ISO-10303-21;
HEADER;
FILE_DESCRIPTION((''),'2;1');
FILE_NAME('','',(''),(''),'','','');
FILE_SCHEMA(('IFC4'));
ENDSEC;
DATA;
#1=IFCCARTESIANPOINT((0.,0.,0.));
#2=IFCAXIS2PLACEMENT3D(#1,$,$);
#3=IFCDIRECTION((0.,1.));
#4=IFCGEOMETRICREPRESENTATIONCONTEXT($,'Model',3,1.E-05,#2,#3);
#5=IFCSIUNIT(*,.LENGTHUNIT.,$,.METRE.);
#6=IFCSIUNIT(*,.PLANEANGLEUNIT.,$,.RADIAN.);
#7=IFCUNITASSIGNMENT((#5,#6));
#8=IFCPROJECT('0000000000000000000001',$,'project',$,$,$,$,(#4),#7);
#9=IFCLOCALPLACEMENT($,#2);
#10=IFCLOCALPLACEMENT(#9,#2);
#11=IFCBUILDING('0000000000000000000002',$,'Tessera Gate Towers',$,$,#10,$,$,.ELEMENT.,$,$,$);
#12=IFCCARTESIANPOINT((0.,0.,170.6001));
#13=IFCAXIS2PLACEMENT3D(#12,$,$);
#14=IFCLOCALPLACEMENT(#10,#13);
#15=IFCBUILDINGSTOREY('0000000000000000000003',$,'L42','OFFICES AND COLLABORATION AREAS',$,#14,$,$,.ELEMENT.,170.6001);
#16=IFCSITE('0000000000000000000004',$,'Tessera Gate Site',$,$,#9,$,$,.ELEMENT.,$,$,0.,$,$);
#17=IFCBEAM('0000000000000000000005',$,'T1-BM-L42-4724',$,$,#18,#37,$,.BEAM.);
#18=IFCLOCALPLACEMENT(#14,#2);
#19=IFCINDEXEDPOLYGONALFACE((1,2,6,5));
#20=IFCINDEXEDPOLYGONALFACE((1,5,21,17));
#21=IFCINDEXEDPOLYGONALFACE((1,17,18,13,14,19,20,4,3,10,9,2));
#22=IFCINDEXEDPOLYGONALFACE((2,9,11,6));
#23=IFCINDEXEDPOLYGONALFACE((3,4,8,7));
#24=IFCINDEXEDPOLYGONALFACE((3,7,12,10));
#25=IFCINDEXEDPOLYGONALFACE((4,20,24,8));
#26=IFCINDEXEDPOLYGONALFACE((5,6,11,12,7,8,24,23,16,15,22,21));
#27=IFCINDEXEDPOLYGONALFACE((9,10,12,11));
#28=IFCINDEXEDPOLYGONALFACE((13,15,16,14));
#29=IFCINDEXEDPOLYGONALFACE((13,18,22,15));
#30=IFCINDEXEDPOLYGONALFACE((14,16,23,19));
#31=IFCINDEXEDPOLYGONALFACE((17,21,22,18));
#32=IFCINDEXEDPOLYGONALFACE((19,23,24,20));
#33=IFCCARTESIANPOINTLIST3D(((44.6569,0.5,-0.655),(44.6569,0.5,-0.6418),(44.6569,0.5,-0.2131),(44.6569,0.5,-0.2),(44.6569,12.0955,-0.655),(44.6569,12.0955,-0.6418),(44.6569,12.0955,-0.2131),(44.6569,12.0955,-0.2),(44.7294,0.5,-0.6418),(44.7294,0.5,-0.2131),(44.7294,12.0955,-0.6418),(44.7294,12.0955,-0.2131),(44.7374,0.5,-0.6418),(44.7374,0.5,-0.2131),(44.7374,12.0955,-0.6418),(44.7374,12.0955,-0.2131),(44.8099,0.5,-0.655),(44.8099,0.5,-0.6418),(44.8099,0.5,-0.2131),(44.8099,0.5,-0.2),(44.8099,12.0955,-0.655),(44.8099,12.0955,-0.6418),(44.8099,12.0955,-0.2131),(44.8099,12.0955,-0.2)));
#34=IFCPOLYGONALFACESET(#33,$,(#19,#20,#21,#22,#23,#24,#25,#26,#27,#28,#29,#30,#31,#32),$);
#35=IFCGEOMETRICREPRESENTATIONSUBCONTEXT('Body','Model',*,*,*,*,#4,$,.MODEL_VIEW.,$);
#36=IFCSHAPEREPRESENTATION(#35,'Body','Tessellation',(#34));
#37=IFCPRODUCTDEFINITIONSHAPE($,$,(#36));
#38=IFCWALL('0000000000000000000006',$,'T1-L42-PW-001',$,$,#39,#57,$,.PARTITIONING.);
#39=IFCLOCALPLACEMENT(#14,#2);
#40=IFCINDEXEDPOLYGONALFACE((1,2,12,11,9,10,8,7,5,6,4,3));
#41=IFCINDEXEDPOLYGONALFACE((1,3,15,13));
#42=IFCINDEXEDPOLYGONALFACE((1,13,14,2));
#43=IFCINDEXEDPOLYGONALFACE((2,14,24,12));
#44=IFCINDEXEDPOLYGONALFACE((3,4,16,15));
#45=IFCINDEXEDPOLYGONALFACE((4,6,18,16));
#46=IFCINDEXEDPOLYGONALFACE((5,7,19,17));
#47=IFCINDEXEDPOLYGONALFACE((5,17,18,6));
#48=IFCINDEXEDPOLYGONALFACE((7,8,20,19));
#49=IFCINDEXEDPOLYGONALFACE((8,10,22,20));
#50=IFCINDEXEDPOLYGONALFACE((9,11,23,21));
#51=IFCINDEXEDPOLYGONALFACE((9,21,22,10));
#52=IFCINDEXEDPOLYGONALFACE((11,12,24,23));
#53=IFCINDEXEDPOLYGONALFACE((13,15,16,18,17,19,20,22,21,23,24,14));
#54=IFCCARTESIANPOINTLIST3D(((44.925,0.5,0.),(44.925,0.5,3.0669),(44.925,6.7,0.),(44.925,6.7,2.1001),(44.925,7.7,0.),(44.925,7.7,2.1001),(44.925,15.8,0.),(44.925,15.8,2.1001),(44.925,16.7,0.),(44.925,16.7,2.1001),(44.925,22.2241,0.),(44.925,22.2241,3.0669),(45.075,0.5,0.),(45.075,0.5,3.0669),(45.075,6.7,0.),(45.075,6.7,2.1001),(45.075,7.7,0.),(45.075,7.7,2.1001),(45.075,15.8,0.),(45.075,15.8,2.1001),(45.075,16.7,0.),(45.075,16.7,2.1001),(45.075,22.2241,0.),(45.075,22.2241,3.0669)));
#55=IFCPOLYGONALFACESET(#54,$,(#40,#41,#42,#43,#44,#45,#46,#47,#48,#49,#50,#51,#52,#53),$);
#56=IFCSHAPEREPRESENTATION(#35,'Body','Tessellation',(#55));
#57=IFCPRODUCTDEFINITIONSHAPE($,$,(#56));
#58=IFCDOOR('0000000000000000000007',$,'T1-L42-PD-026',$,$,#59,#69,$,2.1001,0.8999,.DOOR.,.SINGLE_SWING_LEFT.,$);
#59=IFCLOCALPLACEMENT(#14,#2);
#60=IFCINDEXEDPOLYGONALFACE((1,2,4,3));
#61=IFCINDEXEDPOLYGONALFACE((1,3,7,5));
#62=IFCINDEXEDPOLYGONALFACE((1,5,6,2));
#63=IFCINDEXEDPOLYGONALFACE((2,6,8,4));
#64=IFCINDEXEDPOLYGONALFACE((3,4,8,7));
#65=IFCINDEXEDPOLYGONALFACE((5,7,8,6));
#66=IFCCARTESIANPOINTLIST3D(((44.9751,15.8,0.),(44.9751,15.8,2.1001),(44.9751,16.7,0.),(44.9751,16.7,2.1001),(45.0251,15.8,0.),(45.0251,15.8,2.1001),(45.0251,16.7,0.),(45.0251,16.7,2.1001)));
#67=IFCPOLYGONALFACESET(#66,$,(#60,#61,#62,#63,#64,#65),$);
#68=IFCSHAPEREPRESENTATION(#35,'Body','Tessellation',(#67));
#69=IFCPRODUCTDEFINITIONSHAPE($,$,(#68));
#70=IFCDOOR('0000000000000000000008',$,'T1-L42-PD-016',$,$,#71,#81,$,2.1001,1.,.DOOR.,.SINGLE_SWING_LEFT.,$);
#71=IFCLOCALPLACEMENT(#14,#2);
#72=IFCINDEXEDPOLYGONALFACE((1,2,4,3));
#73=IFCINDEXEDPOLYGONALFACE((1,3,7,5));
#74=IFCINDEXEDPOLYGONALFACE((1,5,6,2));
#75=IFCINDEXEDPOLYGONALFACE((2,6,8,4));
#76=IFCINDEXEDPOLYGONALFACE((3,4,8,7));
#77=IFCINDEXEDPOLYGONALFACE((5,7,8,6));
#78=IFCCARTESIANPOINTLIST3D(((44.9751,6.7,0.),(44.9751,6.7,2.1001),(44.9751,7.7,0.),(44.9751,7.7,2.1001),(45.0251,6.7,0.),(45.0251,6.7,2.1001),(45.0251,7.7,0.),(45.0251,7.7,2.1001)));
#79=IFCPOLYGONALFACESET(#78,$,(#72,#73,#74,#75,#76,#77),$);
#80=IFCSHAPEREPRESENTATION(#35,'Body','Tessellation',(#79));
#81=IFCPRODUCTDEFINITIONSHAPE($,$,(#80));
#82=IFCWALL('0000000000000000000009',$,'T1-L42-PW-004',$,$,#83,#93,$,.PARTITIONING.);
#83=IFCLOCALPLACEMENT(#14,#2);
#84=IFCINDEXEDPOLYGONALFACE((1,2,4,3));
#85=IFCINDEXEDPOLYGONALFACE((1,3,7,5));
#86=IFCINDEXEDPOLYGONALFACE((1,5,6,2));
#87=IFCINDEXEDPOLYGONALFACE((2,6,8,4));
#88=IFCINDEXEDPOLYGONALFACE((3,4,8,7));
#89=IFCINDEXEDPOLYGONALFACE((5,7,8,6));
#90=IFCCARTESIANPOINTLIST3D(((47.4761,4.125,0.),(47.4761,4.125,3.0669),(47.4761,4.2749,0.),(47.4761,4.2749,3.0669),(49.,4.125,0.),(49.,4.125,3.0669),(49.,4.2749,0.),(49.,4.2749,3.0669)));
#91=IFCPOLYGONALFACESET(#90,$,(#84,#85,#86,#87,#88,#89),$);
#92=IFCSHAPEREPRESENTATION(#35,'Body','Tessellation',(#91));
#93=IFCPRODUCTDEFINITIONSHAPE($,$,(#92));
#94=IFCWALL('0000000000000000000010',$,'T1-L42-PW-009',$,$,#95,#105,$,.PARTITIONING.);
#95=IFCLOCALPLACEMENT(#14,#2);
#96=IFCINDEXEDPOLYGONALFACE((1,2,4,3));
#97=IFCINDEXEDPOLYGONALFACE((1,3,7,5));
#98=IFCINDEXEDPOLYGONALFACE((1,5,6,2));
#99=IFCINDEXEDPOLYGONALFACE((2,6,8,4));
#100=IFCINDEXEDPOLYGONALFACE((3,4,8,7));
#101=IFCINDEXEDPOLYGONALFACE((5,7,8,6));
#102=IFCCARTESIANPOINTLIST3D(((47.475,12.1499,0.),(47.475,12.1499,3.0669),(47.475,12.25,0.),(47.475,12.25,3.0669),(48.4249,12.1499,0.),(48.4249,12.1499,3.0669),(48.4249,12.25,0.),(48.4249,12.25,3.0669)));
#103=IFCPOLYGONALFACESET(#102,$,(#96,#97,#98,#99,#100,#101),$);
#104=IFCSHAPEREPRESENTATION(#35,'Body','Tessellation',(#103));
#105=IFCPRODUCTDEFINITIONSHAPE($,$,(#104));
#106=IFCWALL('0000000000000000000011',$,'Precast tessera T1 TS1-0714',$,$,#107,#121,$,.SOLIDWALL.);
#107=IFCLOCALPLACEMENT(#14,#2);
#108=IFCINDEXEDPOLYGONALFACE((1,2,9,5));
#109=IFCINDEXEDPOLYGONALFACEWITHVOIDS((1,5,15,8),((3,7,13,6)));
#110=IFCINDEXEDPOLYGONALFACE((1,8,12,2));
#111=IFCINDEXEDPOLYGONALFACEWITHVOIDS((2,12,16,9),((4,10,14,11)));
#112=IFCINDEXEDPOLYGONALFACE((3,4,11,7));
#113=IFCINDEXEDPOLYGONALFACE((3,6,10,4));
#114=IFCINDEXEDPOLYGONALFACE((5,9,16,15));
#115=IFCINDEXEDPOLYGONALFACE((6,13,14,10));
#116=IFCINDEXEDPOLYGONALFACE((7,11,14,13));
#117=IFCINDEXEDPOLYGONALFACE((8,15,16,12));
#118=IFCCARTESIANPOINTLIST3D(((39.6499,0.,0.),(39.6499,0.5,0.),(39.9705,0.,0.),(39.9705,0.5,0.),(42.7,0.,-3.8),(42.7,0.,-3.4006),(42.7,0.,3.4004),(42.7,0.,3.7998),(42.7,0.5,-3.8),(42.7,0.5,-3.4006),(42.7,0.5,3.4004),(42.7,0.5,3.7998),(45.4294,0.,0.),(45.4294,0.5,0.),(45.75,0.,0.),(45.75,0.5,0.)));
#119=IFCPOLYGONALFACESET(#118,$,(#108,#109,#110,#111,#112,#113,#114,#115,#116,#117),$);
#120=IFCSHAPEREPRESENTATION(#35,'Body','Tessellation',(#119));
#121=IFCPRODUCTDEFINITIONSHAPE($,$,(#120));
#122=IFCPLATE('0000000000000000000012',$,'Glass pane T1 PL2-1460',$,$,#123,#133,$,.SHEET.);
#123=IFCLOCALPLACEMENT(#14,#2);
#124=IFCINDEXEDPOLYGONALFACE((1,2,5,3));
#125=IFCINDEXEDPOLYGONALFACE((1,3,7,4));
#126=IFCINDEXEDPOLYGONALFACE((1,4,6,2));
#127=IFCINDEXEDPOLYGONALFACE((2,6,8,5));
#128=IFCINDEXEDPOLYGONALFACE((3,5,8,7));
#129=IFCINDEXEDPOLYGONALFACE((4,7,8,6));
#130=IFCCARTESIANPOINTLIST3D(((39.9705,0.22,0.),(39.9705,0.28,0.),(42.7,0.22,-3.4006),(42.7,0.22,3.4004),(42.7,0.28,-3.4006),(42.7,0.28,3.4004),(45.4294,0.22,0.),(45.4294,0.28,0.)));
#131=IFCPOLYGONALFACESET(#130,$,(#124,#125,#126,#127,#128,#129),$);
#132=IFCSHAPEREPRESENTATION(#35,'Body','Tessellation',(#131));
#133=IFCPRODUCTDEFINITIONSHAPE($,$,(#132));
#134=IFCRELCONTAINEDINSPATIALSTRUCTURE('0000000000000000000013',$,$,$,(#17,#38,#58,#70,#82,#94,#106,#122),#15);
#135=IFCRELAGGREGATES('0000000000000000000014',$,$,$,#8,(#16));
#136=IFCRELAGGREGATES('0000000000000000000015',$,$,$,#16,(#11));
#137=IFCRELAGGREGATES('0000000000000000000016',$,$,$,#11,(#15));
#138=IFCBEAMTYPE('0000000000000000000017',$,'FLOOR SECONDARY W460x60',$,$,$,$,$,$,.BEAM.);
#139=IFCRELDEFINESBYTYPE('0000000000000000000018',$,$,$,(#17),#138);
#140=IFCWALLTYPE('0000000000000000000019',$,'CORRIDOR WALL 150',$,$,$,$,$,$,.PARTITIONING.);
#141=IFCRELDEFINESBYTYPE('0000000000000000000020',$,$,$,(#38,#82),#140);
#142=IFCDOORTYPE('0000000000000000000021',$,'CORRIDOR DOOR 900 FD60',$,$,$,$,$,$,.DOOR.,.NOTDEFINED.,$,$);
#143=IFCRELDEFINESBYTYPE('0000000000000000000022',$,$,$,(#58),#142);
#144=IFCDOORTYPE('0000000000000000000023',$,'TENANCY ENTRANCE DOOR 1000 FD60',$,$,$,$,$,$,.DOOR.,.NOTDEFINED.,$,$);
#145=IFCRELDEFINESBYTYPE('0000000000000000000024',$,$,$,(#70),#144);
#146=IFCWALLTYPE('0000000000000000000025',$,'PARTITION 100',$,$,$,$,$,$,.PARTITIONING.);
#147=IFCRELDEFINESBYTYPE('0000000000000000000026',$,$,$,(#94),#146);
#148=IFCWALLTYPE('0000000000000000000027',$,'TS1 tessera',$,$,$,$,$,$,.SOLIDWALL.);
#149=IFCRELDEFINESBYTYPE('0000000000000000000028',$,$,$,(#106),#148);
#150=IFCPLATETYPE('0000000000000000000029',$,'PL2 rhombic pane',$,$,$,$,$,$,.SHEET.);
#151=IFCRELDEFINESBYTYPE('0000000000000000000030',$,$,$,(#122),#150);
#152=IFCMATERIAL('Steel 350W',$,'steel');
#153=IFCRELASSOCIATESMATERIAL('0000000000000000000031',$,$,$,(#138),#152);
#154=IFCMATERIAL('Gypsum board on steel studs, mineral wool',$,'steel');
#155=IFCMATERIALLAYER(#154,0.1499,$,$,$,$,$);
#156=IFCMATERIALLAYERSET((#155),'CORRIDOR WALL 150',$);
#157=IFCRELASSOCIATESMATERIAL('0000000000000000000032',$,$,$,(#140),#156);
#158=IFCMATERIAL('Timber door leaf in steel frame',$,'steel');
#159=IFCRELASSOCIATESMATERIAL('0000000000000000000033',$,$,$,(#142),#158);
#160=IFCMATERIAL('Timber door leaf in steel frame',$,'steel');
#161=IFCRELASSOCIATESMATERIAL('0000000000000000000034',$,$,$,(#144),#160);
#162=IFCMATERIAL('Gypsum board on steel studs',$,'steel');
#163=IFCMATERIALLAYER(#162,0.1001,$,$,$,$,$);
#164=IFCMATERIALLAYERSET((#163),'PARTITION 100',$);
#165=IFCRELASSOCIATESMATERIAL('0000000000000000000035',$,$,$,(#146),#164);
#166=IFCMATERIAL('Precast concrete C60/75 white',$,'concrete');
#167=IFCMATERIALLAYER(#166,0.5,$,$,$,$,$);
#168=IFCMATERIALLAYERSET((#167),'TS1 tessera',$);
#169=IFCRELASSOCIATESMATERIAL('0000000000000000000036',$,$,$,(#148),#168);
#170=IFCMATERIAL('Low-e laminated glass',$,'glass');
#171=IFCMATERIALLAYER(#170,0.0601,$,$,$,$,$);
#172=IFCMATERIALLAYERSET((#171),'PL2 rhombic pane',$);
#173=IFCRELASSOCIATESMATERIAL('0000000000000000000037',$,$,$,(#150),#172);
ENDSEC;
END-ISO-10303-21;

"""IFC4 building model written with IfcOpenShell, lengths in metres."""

from ifc_helpers import new_model, si_unit, direction, frame, frame_2d, origin, origin_2d, place, context, subcontext, project, spatial, polyline, rectangle, i_section, outline, extrude, source, transform, mapped, material, layer, layer_set, material_profile, profile_set, type_object, element, fill, save


model = new_model("IFC4")

# Units and contexts
model_context = context("Model", 3, precision=1e-05, world=origin(), true_north=direction((0.0, 1.0)))
body_context = subcontext(model_context, "Body", "Model", "MODEL_VIEW")
ifc_project = project(units=[si_unit("LENGTHUNIT", "METRE"), si_unit("PLANEANGLEUNIT", "RADIAN")], contexts=[model_context])

# Site, building, storey
site_placement = place(None, origin())
site = spatial("IfcSite", under=ifc_project, at=site_placement, Name="Tessera Gate Site", CompositionType="ELEMENT", RefElevation=0.0)
building_placement = place(site_placement, origin())
building = spatial("IfcBuilding", under=site, at=building_placement, Name="Tessera Gate Towers", CompositionType="ELEMENT")
storey_placement = place(building_placement, frame((0.0, 0.0, 170.6001)))
storey = spatial("IfcBuildingStorey", under=building, at=storey_placement, Name="L42", Description="OFFICES AND COLLABORATION AREAS", CompositionType="ELEMENT", Elevation=170.6001)

# Beam
ifc_material_1 = material(Name="Steel 350W", Category="steel")
ifc_material_profile_1 = material_profile(ifc_material_1, i_section(OverallWidth=0.1531, OverallDepth=0.4551, WebThickness=0.0081, FlangeThickness=0.0132, at=origin_2d()), Name="W460x60")
ifc_profile_set_1 = profile_set([ifc_material_profile_1], Name="Steel 350W")
beam_type_1 = type_object("IfcBeamType", Name="FLOOR SECONDARY W460x60", PredefinedType="BEAM", material=ifc_profile_set_1)
beam_1_placement = place(storey_placement, frame((44.7334, 0.5, -0.4275), z_axis=(0.0, 1.0, 0.0), x_axis=(-1.0, 0.0, 0.0)))
element("IfcBeam", 1, at=beam_1_placement, inside=storey, type_object=beam_type_1, Name="T1-BM-L42-4724", PredefinedType="BEAM", context=body_context, shape_type="SweptSolid", body=[
    extrude(i_section(OverallWidth=0.1531, OverallDepth=0.4551, WebThickness=0.0081, FlangeThickness=0.0132, at=origin_2d()), origin(), (0.0, 0.0, 1.0), 11.5955),
])

# Wall, openings, doors
ifc_material_2 = material(Name="Gypsum board on steel studs, mineral wool", Category="steel")
ifc_layer_1 = layer(ifc_material_2, 0.1499)
ifc_layer_set_1 = layer_set([ifc_layer_1], Name="CORRIDOR WALL 150")
wall_type_1 = type_object("IfcWallType", Name="CORRIDOR WALL 150", PredefinedType="PARTITIONING", material=ifc_layer_set_1)
wall_1_placement = place(storey_placement, frame((45.0, 0.5, 0.0), z_axis=(0.0, 0.0, 1.0), x_axis=(0.0, 1.0, 0.0)))
wall_1 = element("IfcWall", 2, at=wall_1_placement, inside=storey, type_object=wall_type_1, Name="T1-L42-PW-001", PredefinedType="PARTITIONING", context=body_context, shape_type="SweptSolid", body=[
    extrude(rectangle(XDim=21.7241, YDim=0.1499, at=frame_2d((10.8621, 0.0))), origin(), (0.0, 0.0, 1.0), 3.0669),
])
shared_shape_1 = source(origin(), body_context, "Body", "SweptSolid", [
    extrude(rectangle(XDim=1.0, YDim=2.1001, at=frame_2d((0.5, 1.05))), frame((0.0, 0.085, 0.0), z_axis=(0.0, -1.0, 0.0), x_axis=(1.0, 0.0, 0.0)), (0.0, 0.0, 1.0), 0.1699),
])
opening_1_placement = place(wall_1_placement, frame((6.2, 0.0, 0.0)))
opening_1 = element("IfcOpeningElement", 3, at=opening_1_placement, cuts=wall_1, PredefinedType="OPENING", context=body_context, shape_type="MappedRepresentation", body=[
    mapped(shared_shape_1, transform((0.0, 0.0, 0.0), scale=1.0)),
])
shared_shape_2 = source(origin(), body_context, "Body", "SweptSolid", [
    extrude(rectangle(XDim=0.8999, YDim=2.1001, at=frame_2d((0.45, 1.05))), frame((0.0, 0.085, 0.0), z_axis=(0.0, -1.0, 0.0), x_axis=(1.0, 0.0, 0.0)), (0.0, 0.0, 1.0), 0.1699),
])
opening_2_placement = place(wall_1_placement, frame((15.3, 0.0, 0.0)))
opening_2 = element("IfcOpeningElement", 4, at=opening_2_placement, cuts=wall_1, PredefinedType="OPENING", context=body_context, shape_type="MappedRepresentation", body=[
    mapped(shared_shape_2, transform((0.0, 0.0, 0.0), scale=1.0)),
])
ifc_material_3 = material(Name="Timber door leaf in steel frame", Category="steel")
door_type_1 = type_object("IfcDoorType", Name="CORRIDOR DOOR 900 FD60", OperationType="NOTDEFINED", PredefinedType="DOOR", material=ifc_material_3)
shared_shape_3 = source(origin(), body_context, "Body", "SweptSolid", [
    extrude(rectangle(XDim=0.8999, YDim=2.1001, at=frame_2d((0.45, 1.05))), frame((0.0, 0.0249, 0.0), z_axis=(0.0, -1.0, 0.0), x_axis=(1.0, 0.0, 0.0)), (0.0, 0.0, 1.0), 0.05),
])
door_1_placement = place(opening_2_placement, origin())
door_1 = element("IfcDoor", 5, at=door_1_placement, inside=storey, type_object=door_type_1, Name="T1-L42-PD-026", OperationType="SINGLE_SWING_LEFT", OverallHeight=2.1001, OverallWidth=0.8999, PredefinedType="DOOR", context=body_context, shape_type="MappedRepresentation", body=[
    mapped(shared_shape_3, transform((0.0, 0.0, 0.0), scale=1.0)),
])
fill(opening_2, door_1)
ifc_material_4 = material(Name="Timber door leaf in steel frame", Category="steel")
door_type_2 = type_object("IfcDoorType", Name="TENANCY ENTRANCE DOOR 1000 FD60", OperationType="NOTDEFINED", PredefinedType="DOOR", material=ifc_material_4)
shared_shape_4 = source(origin(), body_context, "Body", "SweptSolid", [
    extrude(rectangle(XDim=1.0, YDim=2.1001, at=frame_2d((0.5, 1.05))), frame((0.0, 0.0249, 0.0), z_axis=(0.0, -1.0, 0.0), x_axis=(1.0, 0.0, 0.0)), (0.0, 0.0, 1.0), 0.05),
])
door_2_placement = place(opening_1_placement, origin())
door_2 = element("IfcDoor", 6, at=door_2_placement, inside=storey, type_object=door_type_2, Name="T1-L42-PD-016", OperationType="SINGLE_SWING_LEFT", OverallHeight=2.1001, OverallWidth=1.0, PredefinedType="DOOR", context=body_context, shape_type="MappedRepresentation", body=[
    mapped(shared_shape_4, transform((0.0, 0.0, 0.0), scale=1.0)),
])
fill(opening_1, door_2)

# Walls
wall_2_placement = place(storey_placement, frame((47.4761, 4.2, 0.0), z_axis=(0.0, 0.0, 1.0), x_axis=(1.0, 0.0, 0.0)))
element("IfcWall", 7, at=wall_2_placement, inside=storey, type_object=wall_type_1, Name="T1-L42-PW-004", PredefinedType="PARTITIONING", context=body_context, shape_type="SweptSolid", body=[
    extrude(rectangle(XDim=1.5239, YDim=0.1499, at=frame_2d((0.762, 0.0))), origin(), (0.0, 0.0, 1.0), 3.0669),
])
ifc_material_5 = material(Name="Gypsum board on steel studs", Category="steel")
ifc_layer_2 = layer(ifc_material_5, 0.1001)
ifc_layer_set_2 = layer_set([ifc_layer_2], Name="PARTITION 100")
wall_type_2 = type_object("IfcWallType", Name="PARTITION 100", PredefinedType="PARTITIONING", material=ifc_layer_set_2)
wall_3_placement = place(storey_placement, frame((48.425, 12.2, 0.0), z_axis=(0.0, 0.0, 1.0), x_axis=(-1.0, 0.0, 0.0)))
element("IfcWall", 8, at=wall_3_placement, inside=storey, type_object=wall_type_2, Name="T1-L42-PW-009", PredefinedType="PARTITIONING", context=body_context, shape_type="SweptSolid", body=[
    extrude(rectangle(XDim=0.95, YDim=0.1001, at=frame_2d((0.4751, 0.0))), origin(), (0.0, 0.0, 1.0), 3.0669),
])

# Wall, opening, plate
ifc_material_6 = material(Name="Precast concrete C60/75 white", Category="concrete")
ifc_layer_3 = layer(ifc_material_6, 0.5)
ifc_layer_set_3 = layer_set([ifc_layer_3], Name="TS1 tessera")
wall_type_3 = type_object("IfcWallType", Name="TS1 tessera", PredefinedType="SOLIDWALL", material=ifc_layer_set_3)
shared_shape_5 = source(origin(), body_context, "Body", "SweptSolid", [
    extrude(outline(polyline([(3.05, 0.0), (6.1001, 3.8), (3.05, 7.5999), (0.0, 3.8), (3.05, 0.0)])), frame((0.0, 0.25, 0.0), z_axis=(0.0, -1.0, 0.0), x_axis=(1.0, 0.0, 0.0)), (0.0, 0.0, 1.0), 0.5),
])
wall_4_placement = place(storey_placement, frame((39.6499, 0.25, -3.8), z_axis=(0.0, 0.0, 1.0), x_axis=(1.0, 0.0, 0.0)))
wall_4 = element("IfcWall", 9, at=wall_4_placement, inside=storey, type_object=wall_type_3, Name="Precast tessera T1 TS1-0714", PredefinedType="SOLIDWALL", context=body_context, shape_type="MappedRepresentation", body=[
    mapped(shared_shape_5, transform((0.0, 0.0, 0.0), scale=1.0)),
])
shared_shape_6 = source(origin(), body_context, "Body", "SweptSolid", [
    extrude(outline(polyline([(3.05, 0.3994), (5.7795, 3.8), (3.05, 7.2004), (0.3206, 3.8), (3.05, 0.3994)])), frame((0.0, 0.26, 0.0), z_axis=(0.0, -1.0, 0.0), x_axis=(1.0, 0.0, 0.0)), (0.0, 0.0, 1.0), 0.52),
])
opening_3_placement = place(wall_4_placement, origin())
opening_3 = element("IfcOpeningElement", 10, at=opening_3_placement, cuts=wall_4, PredefinedType="OPENING", context=body_context, shape_type="MappedRepresentation", body=[
    mapped(shared_shape_6, transform((0.0, 0.0, 0.0), scale=1.0)),
])
ifc_material_7 = material(Name="Low-e laminated glass", Category="glass")
ifc_layer_4 = layer(ifc_material_7, 0.0601)
ifc_layer_set_4 = layer_set([ifc_layer_4], Name="PL2 rhombic pane")
plate_type = type_object("IfcPlateType", Name="PL2 rhombic pane", PredefinedType="SHEET", material=ifc_layer_set_4)
shared_shape_7 = source(origin(), body_context, "Body", "SweptSolid", [
    extrude(outline(polyline([(3.05, 0.3994), (5.7795, 3.8), (3.05, 7.2004), (0.3206, 3.8), (3.05, 0.3994)])), frame((0.0, 0.03, 0.0), z_axis=(0.0, -1.0, 0.0), x_axis=(1.0, 0.0, 0.0)), (0.0, 0.0, 1.0), 0.0601),
])
plate_1_placement = place(opening_3_placement, origin())
plate_1 = element("IfcPlate", 11, at=plate_1_placement, inside=storey, type_object=plate_type, Name="Glass pane T1 PL2-1460", PredefinedType="SHEET", context=body_context, shape_type="MappedRepresentation", body=[
    mapped(shared_shape_7, transform((0.0, 0.0, 0.0), scale=1.0)),
])
fill(opening_3, plate_1)

save(model, "model.ifc")
